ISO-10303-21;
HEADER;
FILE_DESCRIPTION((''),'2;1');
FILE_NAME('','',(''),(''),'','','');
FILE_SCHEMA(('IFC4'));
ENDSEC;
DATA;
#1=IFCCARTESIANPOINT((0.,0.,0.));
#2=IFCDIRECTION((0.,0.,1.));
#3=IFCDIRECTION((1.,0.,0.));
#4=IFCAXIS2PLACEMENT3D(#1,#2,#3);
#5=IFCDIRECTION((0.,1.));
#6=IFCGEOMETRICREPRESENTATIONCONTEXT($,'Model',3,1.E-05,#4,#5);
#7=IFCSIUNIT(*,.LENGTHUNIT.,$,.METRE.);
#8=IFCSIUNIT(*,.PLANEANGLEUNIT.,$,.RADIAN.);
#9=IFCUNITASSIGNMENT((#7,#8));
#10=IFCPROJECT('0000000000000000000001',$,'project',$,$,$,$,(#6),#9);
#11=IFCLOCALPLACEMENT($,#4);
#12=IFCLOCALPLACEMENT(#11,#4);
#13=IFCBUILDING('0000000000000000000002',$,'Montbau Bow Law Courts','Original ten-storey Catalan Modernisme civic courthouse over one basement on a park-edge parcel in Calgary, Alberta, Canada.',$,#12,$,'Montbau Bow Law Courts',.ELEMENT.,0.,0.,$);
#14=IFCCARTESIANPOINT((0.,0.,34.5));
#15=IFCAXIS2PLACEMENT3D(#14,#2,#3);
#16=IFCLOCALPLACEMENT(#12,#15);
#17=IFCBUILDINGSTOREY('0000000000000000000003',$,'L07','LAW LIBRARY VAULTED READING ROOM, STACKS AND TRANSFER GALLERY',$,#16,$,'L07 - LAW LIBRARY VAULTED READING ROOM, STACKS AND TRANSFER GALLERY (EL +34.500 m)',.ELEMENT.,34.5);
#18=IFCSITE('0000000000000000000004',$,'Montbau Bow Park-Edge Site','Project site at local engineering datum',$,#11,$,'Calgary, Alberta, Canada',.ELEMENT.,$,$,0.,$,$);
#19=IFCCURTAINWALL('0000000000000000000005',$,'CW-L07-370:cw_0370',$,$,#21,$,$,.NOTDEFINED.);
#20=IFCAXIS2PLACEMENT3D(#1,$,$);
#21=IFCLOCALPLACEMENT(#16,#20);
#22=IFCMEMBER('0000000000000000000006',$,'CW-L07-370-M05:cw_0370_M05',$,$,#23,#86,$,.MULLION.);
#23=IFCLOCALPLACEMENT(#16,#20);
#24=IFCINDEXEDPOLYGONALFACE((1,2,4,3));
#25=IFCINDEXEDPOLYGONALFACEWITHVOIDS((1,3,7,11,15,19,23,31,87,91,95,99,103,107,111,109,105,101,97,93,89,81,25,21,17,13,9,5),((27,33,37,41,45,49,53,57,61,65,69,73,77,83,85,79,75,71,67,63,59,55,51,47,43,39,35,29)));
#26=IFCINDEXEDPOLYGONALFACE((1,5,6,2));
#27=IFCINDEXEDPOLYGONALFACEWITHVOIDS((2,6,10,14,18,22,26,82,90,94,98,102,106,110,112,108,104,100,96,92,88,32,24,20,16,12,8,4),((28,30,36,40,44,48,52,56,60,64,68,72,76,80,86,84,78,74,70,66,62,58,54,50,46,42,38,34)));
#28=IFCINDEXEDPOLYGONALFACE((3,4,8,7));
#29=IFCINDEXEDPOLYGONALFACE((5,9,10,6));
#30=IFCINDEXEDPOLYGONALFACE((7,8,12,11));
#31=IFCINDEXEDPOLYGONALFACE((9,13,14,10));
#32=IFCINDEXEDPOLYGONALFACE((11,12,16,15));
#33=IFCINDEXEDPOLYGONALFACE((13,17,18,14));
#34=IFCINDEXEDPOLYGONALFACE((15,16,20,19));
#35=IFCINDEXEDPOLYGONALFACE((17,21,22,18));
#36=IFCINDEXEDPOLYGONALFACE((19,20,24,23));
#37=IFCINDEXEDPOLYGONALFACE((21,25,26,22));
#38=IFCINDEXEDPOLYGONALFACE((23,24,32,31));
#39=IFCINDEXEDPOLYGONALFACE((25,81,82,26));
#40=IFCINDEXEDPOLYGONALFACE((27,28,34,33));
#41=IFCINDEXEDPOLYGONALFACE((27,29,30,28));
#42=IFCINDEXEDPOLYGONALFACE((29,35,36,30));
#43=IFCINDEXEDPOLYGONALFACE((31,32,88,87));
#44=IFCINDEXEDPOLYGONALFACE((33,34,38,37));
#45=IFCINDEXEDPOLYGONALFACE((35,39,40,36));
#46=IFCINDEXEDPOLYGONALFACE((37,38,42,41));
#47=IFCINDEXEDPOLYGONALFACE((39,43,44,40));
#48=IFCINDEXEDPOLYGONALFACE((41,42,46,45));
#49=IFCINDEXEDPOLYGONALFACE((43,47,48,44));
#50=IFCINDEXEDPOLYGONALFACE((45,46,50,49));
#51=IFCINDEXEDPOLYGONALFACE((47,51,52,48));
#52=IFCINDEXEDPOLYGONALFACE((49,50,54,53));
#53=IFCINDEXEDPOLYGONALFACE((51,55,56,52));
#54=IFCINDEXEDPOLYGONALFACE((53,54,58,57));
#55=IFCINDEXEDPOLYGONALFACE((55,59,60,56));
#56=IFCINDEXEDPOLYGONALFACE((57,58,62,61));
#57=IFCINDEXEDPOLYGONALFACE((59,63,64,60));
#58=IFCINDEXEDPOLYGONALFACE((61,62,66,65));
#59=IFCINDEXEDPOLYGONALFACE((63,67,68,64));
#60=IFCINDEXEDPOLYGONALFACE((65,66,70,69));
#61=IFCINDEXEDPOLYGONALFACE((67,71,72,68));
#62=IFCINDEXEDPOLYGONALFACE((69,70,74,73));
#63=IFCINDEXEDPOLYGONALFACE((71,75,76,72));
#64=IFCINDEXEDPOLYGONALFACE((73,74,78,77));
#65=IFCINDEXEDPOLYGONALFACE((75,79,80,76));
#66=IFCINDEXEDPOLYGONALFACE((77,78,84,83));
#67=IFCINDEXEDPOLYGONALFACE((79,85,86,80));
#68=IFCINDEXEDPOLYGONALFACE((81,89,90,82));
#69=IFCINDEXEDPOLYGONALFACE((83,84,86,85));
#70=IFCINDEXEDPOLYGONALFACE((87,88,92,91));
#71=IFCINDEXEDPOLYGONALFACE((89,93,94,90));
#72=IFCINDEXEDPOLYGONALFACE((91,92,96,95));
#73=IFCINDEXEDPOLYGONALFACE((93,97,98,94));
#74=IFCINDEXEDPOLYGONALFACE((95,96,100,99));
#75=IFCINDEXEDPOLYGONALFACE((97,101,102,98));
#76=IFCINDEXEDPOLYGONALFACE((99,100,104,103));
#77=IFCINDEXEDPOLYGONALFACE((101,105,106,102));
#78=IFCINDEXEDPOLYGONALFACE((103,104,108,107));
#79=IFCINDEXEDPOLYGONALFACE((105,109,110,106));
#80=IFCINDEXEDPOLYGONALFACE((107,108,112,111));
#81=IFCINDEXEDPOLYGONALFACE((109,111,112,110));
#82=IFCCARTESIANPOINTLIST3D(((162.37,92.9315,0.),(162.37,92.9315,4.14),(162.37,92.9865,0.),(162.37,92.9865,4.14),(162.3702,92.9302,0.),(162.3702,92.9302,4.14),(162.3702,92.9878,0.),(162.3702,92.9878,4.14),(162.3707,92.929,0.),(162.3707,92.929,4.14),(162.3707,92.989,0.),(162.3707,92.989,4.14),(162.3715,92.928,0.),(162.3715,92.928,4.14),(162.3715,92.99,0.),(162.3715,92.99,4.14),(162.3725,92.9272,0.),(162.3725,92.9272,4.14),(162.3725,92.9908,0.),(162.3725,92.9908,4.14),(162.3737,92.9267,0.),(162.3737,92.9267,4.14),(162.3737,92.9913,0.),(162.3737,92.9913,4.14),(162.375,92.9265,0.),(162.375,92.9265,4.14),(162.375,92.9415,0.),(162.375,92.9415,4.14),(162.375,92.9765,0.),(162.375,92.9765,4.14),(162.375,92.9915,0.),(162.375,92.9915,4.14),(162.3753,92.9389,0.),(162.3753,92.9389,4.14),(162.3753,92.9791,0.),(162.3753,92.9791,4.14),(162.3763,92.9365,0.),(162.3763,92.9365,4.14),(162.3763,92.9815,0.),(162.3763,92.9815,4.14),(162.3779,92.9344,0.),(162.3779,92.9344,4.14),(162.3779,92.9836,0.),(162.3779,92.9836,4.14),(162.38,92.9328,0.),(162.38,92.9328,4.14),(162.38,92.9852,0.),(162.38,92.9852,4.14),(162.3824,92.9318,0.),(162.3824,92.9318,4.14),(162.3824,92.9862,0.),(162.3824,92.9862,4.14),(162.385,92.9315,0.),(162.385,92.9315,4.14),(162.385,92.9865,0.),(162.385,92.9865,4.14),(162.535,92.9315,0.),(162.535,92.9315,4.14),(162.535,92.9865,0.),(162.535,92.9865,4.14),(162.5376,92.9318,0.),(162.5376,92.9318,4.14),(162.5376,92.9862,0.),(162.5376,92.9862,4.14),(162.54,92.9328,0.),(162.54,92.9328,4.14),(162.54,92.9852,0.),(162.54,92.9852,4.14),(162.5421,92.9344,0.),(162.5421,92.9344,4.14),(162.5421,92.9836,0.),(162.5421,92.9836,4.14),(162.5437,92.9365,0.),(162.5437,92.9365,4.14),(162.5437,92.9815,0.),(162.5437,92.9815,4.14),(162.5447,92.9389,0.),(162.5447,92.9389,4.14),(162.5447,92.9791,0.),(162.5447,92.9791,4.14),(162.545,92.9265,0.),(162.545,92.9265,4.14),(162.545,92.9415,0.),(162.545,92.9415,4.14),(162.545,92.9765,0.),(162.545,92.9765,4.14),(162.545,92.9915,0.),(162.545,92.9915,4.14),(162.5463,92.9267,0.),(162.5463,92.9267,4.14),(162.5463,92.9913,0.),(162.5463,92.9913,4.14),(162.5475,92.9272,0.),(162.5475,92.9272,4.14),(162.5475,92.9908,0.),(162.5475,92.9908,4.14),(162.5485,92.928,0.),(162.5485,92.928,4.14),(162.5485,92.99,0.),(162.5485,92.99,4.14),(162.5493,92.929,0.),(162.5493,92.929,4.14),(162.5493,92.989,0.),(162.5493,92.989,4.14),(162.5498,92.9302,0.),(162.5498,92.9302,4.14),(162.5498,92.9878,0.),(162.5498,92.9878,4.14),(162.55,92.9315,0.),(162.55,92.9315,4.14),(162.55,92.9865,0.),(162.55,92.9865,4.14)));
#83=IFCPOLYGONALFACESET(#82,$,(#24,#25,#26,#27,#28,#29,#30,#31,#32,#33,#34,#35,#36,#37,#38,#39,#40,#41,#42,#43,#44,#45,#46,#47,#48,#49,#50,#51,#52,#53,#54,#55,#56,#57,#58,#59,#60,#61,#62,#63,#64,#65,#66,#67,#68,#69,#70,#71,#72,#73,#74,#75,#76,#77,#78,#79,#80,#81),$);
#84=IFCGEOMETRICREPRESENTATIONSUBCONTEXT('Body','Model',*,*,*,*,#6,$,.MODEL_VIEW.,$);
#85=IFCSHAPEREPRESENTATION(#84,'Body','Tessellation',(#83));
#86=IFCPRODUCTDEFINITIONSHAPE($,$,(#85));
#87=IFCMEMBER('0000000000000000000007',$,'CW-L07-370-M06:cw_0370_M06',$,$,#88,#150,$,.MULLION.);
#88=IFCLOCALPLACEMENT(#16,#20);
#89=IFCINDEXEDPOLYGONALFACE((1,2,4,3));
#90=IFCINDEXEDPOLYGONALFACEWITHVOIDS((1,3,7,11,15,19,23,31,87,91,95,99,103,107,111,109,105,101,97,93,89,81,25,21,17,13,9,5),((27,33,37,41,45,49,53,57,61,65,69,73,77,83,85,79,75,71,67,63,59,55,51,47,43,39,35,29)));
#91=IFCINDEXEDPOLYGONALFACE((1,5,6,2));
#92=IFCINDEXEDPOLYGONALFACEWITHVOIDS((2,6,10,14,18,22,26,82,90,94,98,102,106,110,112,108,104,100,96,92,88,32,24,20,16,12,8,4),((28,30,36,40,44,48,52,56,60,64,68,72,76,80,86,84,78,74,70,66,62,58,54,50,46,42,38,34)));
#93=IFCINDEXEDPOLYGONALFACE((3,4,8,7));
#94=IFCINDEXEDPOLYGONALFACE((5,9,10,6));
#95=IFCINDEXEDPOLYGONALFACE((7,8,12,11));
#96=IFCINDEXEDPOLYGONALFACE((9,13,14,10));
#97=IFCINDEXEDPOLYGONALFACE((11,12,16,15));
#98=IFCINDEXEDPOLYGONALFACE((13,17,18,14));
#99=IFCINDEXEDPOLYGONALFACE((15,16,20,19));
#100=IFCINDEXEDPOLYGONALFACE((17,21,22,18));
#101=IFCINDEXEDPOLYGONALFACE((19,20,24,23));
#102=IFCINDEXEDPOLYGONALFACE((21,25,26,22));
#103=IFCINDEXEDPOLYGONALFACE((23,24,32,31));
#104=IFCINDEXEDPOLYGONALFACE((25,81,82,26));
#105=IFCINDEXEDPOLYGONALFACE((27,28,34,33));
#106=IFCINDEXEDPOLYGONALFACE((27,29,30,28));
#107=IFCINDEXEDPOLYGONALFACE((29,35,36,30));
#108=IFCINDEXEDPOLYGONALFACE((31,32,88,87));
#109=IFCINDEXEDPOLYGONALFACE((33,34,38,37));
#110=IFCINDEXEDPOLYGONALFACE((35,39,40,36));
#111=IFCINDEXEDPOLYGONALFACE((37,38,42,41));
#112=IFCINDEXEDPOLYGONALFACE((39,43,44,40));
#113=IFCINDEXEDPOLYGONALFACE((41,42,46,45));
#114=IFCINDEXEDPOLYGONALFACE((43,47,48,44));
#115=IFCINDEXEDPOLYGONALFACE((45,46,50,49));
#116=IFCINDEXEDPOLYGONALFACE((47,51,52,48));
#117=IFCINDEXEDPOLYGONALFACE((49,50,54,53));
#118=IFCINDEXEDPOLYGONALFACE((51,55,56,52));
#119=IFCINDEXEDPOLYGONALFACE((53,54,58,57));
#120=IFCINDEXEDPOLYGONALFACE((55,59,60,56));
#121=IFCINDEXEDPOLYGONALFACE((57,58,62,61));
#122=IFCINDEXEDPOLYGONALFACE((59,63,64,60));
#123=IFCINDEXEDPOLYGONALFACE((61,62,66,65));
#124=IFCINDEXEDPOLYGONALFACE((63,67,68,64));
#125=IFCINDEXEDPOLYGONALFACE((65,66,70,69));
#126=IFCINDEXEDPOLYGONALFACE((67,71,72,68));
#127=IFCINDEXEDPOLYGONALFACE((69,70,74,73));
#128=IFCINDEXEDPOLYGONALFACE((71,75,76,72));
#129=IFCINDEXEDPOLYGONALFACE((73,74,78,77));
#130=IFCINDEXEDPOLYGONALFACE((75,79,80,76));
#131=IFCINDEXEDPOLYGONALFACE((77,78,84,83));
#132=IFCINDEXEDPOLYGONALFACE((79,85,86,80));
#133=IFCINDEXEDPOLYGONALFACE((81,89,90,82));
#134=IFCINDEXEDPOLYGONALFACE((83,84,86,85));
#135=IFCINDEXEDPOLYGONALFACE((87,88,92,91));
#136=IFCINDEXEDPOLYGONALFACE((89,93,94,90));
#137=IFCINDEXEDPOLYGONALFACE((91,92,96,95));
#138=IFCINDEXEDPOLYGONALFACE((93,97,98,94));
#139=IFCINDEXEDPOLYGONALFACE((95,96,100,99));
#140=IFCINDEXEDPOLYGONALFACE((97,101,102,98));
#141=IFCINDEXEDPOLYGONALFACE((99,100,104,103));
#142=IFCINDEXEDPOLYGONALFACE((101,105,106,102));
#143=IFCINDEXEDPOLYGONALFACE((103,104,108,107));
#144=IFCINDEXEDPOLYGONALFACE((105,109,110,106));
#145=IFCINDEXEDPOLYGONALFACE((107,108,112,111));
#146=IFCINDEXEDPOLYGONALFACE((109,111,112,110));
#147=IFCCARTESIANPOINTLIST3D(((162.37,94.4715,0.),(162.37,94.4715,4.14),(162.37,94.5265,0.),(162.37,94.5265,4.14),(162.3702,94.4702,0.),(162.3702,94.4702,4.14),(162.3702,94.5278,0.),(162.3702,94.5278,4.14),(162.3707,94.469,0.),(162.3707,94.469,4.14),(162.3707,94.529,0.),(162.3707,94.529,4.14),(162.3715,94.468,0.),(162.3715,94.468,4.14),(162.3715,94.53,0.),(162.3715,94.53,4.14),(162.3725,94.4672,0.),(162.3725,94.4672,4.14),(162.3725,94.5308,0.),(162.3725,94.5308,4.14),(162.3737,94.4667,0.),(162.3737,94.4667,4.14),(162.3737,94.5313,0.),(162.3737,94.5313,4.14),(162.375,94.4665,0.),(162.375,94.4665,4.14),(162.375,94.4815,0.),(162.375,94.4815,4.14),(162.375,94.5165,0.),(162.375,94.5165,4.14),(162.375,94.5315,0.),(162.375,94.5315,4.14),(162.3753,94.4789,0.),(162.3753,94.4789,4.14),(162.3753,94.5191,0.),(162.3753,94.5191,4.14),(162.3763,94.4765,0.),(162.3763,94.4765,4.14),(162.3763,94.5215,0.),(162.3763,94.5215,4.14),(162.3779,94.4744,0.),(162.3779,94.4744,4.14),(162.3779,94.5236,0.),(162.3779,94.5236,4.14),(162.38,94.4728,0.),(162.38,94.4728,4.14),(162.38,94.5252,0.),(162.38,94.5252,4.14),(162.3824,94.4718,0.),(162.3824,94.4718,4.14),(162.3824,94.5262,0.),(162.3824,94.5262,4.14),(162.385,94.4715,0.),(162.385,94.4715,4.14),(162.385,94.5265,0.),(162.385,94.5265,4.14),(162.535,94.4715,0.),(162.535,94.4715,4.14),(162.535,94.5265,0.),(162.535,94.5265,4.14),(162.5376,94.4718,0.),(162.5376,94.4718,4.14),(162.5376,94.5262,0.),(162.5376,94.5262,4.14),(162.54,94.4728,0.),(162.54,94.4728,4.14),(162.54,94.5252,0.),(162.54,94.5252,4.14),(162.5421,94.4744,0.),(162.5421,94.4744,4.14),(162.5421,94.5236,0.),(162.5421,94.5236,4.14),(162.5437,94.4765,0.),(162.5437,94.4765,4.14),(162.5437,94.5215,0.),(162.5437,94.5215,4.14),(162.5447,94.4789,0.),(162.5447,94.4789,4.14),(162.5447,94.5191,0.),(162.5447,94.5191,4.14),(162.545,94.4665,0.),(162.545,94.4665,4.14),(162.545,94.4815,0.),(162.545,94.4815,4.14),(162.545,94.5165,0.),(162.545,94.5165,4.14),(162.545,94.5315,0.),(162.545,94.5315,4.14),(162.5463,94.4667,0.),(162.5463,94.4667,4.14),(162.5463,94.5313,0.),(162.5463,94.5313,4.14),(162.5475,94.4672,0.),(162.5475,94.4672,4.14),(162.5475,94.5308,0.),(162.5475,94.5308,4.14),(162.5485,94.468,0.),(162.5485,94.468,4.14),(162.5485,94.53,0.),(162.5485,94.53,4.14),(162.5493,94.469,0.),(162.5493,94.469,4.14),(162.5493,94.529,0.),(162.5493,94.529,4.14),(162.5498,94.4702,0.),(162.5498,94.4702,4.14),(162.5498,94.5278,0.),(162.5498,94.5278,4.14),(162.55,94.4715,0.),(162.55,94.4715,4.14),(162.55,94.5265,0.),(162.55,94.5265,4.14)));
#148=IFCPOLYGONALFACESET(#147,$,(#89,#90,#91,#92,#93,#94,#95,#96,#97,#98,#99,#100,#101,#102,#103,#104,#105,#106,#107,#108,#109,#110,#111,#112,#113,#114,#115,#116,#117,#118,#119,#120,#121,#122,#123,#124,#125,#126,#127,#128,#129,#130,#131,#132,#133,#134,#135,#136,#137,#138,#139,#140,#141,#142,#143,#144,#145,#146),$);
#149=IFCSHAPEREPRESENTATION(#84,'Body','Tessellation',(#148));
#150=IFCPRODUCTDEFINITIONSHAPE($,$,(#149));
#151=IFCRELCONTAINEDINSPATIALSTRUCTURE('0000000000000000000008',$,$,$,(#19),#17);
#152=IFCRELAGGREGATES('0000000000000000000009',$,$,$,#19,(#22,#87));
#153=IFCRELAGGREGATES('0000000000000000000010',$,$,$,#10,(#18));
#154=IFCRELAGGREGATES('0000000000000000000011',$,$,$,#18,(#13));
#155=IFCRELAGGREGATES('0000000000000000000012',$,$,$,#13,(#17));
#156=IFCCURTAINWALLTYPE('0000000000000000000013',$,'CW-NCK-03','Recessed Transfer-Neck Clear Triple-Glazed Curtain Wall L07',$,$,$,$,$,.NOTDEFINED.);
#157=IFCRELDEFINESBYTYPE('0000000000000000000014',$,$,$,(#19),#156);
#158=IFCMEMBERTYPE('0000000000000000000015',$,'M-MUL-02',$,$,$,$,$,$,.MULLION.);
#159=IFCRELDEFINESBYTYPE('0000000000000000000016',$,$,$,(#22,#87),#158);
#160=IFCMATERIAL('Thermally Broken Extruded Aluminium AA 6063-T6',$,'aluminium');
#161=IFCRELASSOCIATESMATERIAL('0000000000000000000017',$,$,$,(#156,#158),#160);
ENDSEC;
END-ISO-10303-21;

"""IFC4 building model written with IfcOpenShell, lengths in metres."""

from ifc_helpers import new_model, si_unit, direction, frame, origin_with_axes, origin_2d_with_axis, place, context, subcontext, project, spatial, hollow_rectangle, extrude, material, material_profile, profile_set, type_object, element, aggregate, save


model = new_model("IFC4")

# Units and contexts
model_context = context("Model", 3, precision=1e-05, world=origin_with_axes(), true_north=direction((0.0, 1.0)))
body_context = subcontext(model_context, "Body", "Model", "MODEL_VIEW")
ifc_project = project(units=[si_unit("LENGTHUNIT", "METRE"), si_unit("PLANEANGLEUNIT", "RADIAN")], contexts=[model_context])

# Site, building, storey
site_placement = place(None, origin_with_axes())
site = spatial("IfcSite", under=ifc_project, at=site_placement, Name="Montbau Bow Park-Edge Site", Description="Project site at local engineering datum", LongName="Calgary, Alberta, Canada", CompositionType="ELEMENT", RefElevation=0.0)
building_placement = place(site_placement, origin_with_axes())
building = spatial("IfcBuilding", under=site, at=building_placement, Name="Montbau Bow Law Courts", Description="Original ten-storey Catalan Modernisme civic courthouse over one basement on a park-edge parcel in Calgary, Alberta, Canada.", LongName="Montbau Bow Law Courts", CompositionType="ELEMENT", ElevationOfRefHeight=0.0, ElevationOfTerrain=0.0)
storey_placement = place(building_placement, frame((0.0, 0.0, 34.5), z_axis=(0.0, 0.0, 1.0), x_axis=(1.0, 0.0, 0.0)))
storey = spatial("IfcBuildingStorey", under=building, at=storey_placement, Name="L07", Description="LAW LIBRARY VAULTED READING ROOM, STACKS AND TRANSFER GALLERY", LongName="L07 - LAW LIBRARY VAULTED READING ROOM, STACKS AND TRANSFER GALLERY (EL +34.500 m)", CompositionType="ELEMENT", Elevation=34.5)

# Curtain wall, members
ifc_material_1 = material(Name="Thermally Broken Extruded Aluminium AA 6063-T6", Category="aluminium")
curtain_wall_type = type_object("IfcCurtainWallType", Name="CW-NCK-03", Description="Recessed Transfer-Neck Clear Triple-Glazed Curtain Wall L07", PredefinedType="NOTDEFINED", material=ifc_material_1)
curtain_wall_1_placement = place(None, frame((162.46, 86.668, 34.5), z_axis=(0.0, 0.0, 1.0), x_axis=(1.0, 0.0, 0.0)))
curtain_wall_1 = element("IfcCurtainWall", 1, at=curtain_wall_1_placement, inside=storey, type_object=curtain_wall_type, Name="CW-L07-370:cw_0370", PredefinedType="NOTDEFINED")
ifc_material_profile_1 = material_profile(ifc_material_1, hollow_rectangle(XDim=0.065, YDim=0.18, WallThickness=0.005, InnerFilletRadius=0.01, OuterFilletRadius=0.005, at=origin_2d_with_axis()), Name="CWM-180X65", Category="Main", Priority=0)
ifc_profile_set_1 = profile_set([ifc_material_profile_1], Name="Thermally Broken Extruded Aluminium AA 6063-T6")
member_type_1 = type_object("IfcMemberType", Name="M-MUL-02", PredefinedType="MULLION", material=ifc_profile_set_1)
member_1_placement = place(None, frame((162.46, 92.959, 34.5), z_axis=(0.0, 0.0, 1.0), x_axis=(0.0, 1.0, 0.0)))
member_1 = element("IfcMember", 2, at=member_1_placement, type_object=member_type_1, Name="CW-L07-370-M05:cw_0370_M05", PredefinedType="MULLION", context=body_context, shape_type="SweptSolid", body=[
    extrude(hollow_rectangle(XDim=0.065, YDim=0.18, WallThickness=0.005, InnerFilletRadius=0.01, OuterFilletRadius=0.005, at=origin_2d_with_axis()), origin_with_axes(), (0.0, 0.0, 1.0), 4.14),
])
member_2_placement = place(None, frame((162.46, 94.499, 34.5), z_axis=(0.0, 0.0, 1.0), x_axis=(0.0, 1.0, 0.0)))
member_2 = element("IfcMember", 3, at=member_2_placement, type_object=member_type_1, Name="CW-L07-370-M06:cw_0370_M06", PredefinedType="MULLION", context=body_context, shape_type="SweptSolid", body=[
    extrude(hollow_rectangle(XDim=0.065, YDim=0.18, WallThickness=0.005, InnerFilletRadius=0.01, OuterFilletRadius=0.005, at=origin_2d_with_axis()), origin_with_axes(), (0.0, 0.0, 1.0), 4.14),
])

aggregate(curtain_wall_1, [member_1, member_2])

save(model, "model.ifc")
